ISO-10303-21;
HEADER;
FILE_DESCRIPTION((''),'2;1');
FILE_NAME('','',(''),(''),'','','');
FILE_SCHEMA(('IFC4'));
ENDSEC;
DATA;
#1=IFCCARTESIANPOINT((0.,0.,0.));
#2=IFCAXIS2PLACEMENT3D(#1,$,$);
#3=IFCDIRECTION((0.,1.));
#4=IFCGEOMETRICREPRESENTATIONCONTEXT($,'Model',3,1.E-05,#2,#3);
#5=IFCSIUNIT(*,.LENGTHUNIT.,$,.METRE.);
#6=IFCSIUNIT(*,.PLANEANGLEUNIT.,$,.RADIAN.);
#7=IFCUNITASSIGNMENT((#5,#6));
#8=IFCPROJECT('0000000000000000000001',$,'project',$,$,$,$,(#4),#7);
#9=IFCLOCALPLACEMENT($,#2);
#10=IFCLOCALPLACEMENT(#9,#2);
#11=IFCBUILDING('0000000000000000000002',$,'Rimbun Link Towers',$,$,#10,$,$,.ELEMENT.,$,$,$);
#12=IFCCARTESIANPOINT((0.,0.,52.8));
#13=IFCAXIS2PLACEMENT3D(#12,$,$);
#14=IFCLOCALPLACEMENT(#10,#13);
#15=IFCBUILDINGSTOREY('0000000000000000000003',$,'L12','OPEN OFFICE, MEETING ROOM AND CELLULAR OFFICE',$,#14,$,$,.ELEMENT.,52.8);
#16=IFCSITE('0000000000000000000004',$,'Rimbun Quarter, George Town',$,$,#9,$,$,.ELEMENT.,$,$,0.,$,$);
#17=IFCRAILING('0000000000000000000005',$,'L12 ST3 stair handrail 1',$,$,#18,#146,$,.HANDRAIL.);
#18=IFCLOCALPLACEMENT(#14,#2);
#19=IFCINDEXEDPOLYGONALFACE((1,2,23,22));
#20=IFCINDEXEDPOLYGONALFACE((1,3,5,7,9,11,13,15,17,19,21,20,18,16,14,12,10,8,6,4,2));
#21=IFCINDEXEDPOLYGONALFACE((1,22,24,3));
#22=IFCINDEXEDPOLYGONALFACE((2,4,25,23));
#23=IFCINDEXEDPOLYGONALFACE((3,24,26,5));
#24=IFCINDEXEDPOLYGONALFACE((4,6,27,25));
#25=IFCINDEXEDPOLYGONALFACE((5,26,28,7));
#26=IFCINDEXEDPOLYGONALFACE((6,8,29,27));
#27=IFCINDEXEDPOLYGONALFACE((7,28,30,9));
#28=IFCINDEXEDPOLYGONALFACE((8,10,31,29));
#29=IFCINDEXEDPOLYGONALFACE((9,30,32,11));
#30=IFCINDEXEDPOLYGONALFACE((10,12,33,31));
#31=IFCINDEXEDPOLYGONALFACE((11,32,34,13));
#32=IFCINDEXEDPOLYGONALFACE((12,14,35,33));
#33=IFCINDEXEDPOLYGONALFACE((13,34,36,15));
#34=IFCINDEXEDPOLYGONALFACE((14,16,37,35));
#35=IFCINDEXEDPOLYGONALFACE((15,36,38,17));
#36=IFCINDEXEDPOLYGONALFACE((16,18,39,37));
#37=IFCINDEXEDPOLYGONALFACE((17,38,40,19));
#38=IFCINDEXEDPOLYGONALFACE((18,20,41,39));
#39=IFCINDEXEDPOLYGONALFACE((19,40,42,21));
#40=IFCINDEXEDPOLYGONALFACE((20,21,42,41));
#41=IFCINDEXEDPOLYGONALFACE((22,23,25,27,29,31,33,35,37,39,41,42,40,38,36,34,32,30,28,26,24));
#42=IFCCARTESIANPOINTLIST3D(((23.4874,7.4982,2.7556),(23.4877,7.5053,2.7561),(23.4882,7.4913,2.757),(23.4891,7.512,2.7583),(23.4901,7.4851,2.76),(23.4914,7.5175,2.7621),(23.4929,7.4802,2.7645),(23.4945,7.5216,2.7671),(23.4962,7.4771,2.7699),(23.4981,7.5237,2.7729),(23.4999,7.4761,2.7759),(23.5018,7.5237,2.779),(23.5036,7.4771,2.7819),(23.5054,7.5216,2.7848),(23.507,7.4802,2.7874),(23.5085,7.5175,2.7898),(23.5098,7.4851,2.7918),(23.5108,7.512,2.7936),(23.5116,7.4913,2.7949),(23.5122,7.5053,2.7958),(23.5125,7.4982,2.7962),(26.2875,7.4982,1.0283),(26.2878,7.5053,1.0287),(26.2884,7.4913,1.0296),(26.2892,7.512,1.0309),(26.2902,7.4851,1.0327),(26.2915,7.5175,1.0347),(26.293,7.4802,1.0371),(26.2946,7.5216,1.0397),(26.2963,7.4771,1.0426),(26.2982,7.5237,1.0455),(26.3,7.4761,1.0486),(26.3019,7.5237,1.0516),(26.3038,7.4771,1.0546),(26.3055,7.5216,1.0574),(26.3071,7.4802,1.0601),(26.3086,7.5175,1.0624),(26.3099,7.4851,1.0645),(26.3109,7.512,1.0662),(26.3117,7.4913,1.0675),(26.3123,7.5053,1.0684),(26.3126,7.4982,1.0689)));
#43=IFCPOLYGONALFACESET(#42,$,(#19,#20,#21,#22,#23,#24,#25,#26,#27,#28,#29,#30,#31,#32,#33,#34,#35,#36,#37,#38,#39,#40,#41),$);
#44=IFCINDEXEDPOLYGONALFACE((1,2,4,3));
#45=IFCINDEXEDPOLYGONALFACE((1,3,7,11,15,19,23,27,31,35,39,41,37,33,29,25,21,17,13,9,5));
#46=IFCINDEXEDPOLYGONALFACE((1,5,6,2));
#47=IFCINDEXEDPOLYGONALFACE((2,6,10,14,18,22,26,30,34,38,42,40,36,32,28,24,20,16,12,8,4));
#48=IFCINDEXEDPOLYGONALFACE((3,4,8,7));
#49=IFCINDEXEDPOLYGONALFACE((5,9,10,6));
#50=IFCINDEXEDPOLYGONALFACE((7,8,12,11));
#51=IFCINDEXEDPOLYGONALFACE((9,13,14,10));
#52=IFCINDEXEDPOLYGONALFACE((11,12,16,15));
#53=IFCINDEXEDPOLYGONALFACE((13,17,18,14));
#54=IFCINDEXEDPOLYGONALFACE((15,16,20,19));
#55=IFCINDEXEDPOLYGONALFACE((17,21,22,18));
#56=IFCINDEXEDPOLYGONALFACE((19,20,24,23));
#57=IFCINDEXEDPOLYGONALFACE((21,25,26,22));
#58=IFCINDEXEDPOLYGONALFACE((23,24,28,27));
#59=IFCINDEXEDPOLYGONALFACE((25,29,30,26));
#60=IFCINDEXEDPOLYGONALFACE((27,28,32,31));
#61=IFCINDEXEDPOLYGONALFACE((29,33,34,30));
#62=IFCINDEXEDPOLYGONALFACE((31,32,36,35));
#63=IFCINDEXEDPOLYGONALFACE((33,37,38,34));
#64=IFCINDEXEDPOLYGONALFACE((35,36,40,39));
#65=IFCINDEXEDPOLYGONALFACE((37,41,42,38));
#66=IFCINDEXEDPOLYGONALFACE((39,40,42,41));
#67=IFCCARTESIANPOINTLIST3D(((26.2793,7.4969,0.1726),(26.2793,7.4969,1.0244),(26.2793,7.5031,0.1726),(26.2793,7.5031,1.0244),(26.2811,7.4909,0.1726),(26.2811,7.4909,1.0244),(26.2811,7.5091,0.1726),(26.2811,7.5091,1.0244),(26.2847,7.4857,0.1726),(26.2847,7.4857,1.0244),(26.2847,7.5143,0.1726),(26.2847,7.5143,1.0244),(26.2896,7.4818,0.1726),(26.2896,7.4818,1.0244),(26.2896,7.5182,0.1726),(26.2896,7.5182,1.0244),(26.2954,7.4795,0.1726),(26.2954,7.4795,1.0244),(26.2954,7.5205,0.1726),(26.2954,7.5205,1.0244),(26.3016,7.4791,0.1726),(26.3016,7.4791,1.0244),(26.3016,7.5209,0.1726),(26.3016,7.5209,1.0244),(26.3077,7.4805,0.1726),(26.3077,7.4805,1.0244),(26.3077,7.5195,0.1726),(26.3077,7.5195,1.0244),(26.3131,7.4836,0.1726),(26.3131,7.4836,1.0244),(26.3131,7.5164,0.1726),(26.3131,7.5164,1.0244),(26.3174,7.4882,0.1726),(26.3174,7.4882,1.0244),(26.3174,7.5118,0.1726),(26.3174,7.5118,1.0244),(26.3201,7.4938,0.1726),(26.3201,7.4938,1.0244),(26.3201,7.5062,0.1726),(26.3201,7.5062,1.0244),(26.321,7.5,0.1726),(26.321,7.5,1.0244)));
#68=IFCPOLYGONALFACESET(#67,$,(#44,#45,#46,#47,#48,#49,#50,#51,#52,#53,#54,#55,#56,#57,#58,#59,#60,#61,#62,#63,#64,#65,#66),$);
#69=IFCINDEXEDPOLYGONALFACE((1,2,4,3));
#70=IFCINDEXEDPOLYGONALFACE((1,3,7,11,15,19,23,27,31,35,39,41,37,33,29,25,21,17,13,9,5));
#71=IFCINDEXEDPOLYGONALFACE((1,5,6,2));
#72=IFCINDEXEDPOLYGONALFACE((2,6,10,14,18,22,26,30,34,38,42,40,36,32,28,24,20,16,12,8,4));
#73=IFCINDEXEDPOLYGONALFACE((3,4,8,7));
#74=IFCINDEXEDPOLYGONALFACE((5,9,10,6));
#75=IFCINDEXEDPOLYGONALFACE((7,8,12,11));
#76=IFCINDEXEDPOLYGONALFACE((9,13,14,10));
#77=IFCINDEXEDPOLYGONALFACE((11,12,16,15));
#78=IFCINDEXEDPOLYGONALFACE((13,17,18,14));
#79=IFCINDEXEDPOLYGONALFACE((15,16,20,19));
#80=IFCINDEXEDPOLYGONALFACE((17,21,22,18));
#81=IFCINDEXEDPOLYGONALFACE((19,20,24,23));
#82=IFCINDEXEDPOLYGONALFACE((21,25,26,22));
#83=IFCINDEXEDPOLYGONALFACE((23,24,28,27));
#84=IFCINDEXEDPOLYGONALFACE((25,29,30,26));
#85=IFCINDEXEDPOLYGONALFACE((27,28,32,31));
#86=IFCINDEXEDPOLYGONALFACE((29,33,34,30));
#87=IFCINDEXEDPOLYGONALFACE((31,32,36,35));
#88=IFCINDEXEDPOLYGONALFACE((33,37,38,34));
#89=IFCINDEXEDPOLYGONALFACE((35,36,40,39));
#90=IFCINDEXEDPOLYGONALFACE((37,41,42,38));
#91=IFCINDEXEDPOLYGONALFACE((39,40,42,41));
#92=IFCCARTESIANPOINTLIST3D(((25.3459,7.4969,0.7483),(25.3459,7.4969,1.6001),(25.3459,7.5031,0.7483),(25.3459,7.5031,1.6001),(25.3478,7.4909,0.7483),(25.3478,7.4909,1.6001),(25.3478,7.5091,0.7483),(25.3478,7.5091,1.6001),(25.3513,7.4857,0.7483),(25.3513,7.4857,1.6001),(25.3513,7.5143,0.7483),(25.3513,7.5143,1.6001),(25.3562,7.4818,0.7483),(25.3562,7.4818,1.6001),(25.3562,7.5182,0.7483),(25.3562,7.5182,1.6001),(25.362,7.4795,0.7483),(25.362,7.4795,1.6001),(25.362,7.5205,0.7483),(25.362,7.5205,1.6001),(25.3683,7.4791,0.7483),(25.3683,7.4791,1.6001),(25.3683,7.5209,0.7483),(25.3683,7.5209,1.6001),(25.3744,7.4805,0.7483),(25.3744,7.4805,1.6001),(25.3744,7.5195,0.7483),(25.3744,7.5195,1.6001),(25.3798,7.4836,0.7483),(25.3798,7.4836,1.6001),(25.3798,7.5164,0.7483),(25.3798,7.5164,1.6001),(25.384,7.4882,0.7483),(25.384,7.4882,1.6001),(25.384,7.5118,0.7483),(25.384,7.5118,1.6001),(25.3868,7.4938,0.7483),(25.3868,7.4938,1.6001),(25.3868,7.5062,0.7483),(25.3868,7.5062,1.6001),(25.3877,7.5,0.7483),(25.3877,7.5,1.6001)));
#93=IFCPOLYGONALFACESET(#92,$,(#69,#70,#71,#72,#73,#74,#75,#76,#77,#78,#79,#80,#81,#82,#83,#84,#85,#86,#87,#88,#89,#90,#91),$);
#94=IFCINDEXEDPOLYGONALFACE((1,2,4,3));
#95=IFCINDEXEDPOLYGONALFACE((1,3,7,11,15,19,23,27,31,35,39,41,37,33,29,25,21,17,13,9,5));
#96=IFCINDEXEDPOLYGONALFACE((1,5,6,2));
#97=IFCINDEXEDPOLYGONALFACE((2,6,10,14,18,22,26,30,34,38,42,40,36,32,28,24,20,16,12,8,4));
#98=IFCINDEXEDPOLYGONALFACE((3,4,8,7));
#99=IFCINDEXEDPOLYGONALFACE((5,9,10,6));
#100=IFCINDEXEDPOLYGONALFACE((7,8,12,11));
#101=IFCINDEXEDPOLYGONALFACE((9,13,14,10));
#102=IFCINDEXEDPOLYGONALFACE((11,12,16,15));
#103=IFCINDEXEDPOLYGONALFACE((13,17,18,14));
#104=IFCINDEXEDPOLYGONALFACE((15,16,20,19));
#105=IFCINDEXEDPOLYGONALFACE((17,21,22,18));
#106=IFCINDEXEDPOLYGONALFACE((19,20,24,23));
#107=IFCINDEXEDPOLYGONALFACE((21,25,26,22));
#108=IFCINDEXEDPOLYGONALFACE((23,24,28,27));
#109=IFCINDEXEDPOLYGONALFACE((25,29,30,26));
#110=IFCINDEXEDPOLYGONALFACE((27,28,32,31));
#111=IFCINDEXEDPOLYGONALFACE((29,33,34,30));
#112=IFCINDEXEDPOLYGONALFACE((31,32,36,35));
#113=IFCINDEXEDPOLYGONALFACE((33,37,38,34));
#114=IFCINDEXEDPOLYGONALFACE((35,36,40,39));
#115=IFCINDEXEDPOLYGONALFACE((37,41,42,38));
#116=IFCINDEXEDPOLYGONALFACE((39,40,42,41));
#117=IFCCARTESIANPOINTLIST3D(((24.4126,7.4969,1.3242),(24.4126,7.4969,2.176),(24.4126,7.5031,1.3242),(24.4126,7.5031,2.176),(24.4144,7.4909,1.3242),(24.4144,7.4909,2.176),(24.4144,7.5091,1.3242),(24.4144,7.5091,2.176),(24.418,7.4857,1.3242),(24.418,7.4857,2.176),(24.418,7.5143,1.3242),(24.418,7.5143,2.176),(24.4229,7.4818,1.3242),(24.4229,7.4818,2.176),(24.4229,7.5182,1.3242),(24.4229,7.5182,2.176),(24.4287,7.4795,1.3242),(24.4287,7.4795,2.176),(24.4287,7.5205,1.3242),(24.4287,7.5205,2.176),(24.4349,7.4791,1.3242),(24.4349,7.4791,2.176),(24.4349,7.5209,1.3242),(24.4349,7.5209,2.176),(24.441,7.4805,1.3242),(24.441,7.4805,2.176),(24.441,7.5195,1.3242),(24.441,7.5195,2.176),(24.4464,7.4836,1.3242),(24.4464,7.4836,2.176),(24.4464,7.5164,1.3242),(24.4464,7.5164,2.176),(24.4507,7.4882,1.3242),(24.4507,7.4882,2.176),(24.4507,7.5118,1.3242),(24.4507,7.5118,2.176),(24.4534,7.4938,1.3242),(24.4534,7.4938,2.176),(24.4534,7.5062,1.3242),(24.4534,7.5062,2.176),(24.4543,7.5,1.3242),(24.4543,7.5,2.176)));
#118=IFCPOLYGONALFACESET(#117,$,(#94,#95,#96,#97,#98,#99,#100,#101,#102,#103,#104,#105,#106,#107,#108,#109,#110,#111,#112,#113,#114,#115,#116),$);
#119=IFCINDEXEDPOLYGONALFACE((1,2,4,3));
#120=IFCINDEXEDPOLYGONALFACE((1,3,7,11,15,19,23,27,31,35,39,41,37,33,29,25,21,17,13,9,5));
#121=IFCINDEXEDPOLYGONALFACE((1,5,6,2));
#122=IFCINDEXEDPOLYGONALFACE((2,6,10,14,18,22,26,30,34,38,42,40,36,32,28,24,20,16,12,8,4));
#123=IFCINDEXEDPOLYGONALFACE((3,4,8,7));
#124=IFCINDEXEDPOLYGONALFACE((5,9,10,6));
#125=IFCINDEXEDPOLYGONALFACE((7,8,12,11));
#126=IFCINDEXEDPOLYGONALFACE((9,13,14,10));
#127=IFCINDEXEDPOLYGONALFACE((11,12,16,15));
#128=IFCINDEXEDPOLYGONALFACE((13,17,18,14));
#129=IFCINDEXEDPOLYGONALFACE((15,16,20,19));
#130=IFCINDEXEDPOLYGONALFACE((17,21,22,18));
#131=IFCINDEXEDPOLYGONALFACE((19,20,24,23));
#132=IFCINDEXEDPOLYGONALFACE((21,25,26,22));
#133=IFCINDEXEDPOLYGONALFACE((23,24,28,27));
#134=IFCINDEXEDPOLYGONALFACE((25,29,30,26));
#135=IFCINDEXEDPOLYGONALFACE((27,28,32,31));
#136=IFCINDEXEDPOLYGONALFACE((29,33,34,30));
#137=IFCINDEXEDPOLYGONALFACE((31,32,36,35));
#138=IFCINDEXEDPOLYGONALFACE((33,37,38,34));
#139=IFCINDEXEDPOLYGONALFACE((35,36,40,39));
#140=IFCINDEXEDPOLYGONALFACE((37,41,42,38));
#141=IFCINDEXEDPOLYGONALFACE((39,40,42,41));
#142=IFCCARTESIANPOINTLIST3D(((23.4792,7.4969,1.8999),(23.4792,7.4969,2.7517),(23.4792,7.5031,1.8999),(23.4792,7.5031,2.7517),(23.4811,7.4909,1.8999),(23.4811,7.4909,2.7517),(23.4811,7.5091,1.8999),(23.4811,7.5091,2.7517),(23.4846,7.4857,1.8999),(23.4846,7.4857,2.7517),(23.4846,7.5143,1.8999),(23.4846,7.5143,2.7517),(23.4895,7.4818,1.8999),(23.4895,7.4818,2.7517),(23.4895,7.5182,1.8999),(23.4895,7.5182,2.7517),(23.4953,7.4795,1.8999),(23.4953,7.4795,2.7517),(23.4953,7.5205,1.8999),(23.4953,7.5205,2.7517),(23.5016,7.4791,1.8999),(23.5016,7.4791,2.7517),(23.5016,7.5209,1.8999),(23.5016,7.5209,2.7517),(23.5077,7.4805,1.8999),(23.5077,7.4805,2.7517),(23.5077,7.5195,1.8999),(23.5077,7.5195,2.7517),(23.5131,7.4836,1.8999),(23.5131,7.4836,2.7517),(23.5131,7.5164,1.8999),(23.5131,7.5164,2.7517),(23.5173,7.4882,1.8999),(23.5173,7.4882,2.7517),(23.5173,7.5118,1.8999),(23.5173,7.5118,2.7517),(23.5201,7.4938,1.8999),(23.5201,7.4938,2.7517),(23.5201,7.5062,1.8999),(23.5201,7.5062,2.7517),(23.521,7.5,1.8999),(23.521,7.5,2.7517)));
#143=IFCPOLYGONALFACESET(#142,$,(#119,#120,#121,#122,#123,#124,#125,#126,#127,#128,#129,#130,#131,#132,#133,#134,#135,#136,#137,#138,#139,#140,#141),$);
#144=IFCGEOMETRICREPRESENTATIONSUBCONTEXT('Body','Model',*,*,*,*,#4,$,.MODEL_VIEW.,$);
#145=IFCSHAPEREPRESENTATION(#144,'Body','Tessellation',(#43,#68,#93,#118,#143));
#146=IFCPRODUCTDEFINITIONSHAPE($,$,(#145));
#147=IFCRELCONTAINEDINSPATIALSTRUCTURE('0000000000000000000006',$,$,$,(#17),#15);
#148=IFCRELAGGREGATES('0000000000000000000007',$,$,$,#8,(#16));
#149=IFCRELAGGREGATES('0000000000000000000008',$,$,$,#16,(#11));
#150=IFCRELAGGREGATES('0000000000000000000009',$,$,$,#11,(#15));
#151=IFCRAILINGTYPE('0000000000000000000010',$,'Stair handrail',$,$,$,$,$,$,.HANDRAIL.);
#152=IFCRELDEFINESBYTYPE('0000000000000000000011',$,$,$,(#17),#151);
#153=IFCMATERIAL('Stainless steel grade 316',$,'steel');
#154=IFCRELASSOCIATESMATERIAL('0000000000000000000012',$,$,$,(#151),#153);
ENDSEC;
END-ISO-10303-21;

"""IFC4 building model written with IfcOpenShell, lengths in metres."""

from ifc_helpers import new_model, si_unit, direction, frame, origin, origin_2d, place, context, subcontext, project, spatial, circle, extrude, material, type_object, element, save


model = new_model("IFC4")

# Units and contexts
model_context = context("Model", 3, precision=1e-05, world=origin(), true_north=direction((0.0, 1.0)))
body_context = subcontext(model_context, "Body", "Model", "MODEL_VIEW")
ifc_project = project(units=[si_unit("LENGTHUNIT", "METRE"), si_unit("PLANEANGLEUNIT", "RADIAN")], contexts=[model_context])

# Site, building, storey
site_placement = place(None, origin())
site = spatial("IfcSite", under=ifc_project, at=site_placement, Name="Rimbun Quarter, George Town", CompositionType="ELEMENT", RefElevation=0.0)
building_placement = place(site_placement, origin())
building = spatial("IfcBuilding", under=site, at=building_placement, Name="Rimbun Link Towers", CompositionType="ELEMENT")
storey_placement = place(building_placement, frame((0.0, 0.0, 52.8)))
storey = spatial("IfcBuildingStorey", under=building, at=storey_placement, Name="L12", Description="OPEN OFFICE, MEETING ROOM AND CELLULAR OFFICE", CompositionType="ELEMENT", Elevation=52.8)

# Railing
ifc_material_1 = material(Name="Stainless steel grade 316", Category="steel")
railing_type_1 = type_object("IfcRailingType", Name="Stair handrail", PredefinedType="HANDRAIL", material=ifc_material_1)
railing_1_placement = place(storey_placement, frame((26.3, 7.5, 0.1726)))
element("IfcRailing", 1, at=railing_1_placement, inside=storey, type_object=railing_type_1, Name="L12 ST3 stair handrail 1", PredefinedType="HANDRAIL", context=body_context, shape_type="SweptSolid", body=[
    extrude(circle(Radius=0.0239, at=origin_2d()), frame((0.0, 0.0, 0.876), z_axis=(-0.85109, 0.0, 0.52502), x_axis=(0.0, -1.0, 0.0)), (0.0, 0.0, 1.0), 3.29),
    extrude(circle(Radius=0.021, at=origin_2d()), origin(), (0.0, 0.0, 1.0), 0.8518),
    extrude(circle(Radius=0.021, at=origin_2d()), frame((-0.9333, 0.0, 0.5757)), (0.0, 0.0, 1.0), 0.8518),
    extrude(circle(Radius=0.021, at=origin_2d()), frame((-1.8667, 0.0, 1.1516)), (0.0, 0.0, 1.0), 0.8518),
    extrude(circle(Radius=0.021, at=origin_2d()), frame((-2.8, 0.0, 1.7273)), (0.0, 0.0, 1.0), 0.8518),
])

save(model, "model.ifc")
